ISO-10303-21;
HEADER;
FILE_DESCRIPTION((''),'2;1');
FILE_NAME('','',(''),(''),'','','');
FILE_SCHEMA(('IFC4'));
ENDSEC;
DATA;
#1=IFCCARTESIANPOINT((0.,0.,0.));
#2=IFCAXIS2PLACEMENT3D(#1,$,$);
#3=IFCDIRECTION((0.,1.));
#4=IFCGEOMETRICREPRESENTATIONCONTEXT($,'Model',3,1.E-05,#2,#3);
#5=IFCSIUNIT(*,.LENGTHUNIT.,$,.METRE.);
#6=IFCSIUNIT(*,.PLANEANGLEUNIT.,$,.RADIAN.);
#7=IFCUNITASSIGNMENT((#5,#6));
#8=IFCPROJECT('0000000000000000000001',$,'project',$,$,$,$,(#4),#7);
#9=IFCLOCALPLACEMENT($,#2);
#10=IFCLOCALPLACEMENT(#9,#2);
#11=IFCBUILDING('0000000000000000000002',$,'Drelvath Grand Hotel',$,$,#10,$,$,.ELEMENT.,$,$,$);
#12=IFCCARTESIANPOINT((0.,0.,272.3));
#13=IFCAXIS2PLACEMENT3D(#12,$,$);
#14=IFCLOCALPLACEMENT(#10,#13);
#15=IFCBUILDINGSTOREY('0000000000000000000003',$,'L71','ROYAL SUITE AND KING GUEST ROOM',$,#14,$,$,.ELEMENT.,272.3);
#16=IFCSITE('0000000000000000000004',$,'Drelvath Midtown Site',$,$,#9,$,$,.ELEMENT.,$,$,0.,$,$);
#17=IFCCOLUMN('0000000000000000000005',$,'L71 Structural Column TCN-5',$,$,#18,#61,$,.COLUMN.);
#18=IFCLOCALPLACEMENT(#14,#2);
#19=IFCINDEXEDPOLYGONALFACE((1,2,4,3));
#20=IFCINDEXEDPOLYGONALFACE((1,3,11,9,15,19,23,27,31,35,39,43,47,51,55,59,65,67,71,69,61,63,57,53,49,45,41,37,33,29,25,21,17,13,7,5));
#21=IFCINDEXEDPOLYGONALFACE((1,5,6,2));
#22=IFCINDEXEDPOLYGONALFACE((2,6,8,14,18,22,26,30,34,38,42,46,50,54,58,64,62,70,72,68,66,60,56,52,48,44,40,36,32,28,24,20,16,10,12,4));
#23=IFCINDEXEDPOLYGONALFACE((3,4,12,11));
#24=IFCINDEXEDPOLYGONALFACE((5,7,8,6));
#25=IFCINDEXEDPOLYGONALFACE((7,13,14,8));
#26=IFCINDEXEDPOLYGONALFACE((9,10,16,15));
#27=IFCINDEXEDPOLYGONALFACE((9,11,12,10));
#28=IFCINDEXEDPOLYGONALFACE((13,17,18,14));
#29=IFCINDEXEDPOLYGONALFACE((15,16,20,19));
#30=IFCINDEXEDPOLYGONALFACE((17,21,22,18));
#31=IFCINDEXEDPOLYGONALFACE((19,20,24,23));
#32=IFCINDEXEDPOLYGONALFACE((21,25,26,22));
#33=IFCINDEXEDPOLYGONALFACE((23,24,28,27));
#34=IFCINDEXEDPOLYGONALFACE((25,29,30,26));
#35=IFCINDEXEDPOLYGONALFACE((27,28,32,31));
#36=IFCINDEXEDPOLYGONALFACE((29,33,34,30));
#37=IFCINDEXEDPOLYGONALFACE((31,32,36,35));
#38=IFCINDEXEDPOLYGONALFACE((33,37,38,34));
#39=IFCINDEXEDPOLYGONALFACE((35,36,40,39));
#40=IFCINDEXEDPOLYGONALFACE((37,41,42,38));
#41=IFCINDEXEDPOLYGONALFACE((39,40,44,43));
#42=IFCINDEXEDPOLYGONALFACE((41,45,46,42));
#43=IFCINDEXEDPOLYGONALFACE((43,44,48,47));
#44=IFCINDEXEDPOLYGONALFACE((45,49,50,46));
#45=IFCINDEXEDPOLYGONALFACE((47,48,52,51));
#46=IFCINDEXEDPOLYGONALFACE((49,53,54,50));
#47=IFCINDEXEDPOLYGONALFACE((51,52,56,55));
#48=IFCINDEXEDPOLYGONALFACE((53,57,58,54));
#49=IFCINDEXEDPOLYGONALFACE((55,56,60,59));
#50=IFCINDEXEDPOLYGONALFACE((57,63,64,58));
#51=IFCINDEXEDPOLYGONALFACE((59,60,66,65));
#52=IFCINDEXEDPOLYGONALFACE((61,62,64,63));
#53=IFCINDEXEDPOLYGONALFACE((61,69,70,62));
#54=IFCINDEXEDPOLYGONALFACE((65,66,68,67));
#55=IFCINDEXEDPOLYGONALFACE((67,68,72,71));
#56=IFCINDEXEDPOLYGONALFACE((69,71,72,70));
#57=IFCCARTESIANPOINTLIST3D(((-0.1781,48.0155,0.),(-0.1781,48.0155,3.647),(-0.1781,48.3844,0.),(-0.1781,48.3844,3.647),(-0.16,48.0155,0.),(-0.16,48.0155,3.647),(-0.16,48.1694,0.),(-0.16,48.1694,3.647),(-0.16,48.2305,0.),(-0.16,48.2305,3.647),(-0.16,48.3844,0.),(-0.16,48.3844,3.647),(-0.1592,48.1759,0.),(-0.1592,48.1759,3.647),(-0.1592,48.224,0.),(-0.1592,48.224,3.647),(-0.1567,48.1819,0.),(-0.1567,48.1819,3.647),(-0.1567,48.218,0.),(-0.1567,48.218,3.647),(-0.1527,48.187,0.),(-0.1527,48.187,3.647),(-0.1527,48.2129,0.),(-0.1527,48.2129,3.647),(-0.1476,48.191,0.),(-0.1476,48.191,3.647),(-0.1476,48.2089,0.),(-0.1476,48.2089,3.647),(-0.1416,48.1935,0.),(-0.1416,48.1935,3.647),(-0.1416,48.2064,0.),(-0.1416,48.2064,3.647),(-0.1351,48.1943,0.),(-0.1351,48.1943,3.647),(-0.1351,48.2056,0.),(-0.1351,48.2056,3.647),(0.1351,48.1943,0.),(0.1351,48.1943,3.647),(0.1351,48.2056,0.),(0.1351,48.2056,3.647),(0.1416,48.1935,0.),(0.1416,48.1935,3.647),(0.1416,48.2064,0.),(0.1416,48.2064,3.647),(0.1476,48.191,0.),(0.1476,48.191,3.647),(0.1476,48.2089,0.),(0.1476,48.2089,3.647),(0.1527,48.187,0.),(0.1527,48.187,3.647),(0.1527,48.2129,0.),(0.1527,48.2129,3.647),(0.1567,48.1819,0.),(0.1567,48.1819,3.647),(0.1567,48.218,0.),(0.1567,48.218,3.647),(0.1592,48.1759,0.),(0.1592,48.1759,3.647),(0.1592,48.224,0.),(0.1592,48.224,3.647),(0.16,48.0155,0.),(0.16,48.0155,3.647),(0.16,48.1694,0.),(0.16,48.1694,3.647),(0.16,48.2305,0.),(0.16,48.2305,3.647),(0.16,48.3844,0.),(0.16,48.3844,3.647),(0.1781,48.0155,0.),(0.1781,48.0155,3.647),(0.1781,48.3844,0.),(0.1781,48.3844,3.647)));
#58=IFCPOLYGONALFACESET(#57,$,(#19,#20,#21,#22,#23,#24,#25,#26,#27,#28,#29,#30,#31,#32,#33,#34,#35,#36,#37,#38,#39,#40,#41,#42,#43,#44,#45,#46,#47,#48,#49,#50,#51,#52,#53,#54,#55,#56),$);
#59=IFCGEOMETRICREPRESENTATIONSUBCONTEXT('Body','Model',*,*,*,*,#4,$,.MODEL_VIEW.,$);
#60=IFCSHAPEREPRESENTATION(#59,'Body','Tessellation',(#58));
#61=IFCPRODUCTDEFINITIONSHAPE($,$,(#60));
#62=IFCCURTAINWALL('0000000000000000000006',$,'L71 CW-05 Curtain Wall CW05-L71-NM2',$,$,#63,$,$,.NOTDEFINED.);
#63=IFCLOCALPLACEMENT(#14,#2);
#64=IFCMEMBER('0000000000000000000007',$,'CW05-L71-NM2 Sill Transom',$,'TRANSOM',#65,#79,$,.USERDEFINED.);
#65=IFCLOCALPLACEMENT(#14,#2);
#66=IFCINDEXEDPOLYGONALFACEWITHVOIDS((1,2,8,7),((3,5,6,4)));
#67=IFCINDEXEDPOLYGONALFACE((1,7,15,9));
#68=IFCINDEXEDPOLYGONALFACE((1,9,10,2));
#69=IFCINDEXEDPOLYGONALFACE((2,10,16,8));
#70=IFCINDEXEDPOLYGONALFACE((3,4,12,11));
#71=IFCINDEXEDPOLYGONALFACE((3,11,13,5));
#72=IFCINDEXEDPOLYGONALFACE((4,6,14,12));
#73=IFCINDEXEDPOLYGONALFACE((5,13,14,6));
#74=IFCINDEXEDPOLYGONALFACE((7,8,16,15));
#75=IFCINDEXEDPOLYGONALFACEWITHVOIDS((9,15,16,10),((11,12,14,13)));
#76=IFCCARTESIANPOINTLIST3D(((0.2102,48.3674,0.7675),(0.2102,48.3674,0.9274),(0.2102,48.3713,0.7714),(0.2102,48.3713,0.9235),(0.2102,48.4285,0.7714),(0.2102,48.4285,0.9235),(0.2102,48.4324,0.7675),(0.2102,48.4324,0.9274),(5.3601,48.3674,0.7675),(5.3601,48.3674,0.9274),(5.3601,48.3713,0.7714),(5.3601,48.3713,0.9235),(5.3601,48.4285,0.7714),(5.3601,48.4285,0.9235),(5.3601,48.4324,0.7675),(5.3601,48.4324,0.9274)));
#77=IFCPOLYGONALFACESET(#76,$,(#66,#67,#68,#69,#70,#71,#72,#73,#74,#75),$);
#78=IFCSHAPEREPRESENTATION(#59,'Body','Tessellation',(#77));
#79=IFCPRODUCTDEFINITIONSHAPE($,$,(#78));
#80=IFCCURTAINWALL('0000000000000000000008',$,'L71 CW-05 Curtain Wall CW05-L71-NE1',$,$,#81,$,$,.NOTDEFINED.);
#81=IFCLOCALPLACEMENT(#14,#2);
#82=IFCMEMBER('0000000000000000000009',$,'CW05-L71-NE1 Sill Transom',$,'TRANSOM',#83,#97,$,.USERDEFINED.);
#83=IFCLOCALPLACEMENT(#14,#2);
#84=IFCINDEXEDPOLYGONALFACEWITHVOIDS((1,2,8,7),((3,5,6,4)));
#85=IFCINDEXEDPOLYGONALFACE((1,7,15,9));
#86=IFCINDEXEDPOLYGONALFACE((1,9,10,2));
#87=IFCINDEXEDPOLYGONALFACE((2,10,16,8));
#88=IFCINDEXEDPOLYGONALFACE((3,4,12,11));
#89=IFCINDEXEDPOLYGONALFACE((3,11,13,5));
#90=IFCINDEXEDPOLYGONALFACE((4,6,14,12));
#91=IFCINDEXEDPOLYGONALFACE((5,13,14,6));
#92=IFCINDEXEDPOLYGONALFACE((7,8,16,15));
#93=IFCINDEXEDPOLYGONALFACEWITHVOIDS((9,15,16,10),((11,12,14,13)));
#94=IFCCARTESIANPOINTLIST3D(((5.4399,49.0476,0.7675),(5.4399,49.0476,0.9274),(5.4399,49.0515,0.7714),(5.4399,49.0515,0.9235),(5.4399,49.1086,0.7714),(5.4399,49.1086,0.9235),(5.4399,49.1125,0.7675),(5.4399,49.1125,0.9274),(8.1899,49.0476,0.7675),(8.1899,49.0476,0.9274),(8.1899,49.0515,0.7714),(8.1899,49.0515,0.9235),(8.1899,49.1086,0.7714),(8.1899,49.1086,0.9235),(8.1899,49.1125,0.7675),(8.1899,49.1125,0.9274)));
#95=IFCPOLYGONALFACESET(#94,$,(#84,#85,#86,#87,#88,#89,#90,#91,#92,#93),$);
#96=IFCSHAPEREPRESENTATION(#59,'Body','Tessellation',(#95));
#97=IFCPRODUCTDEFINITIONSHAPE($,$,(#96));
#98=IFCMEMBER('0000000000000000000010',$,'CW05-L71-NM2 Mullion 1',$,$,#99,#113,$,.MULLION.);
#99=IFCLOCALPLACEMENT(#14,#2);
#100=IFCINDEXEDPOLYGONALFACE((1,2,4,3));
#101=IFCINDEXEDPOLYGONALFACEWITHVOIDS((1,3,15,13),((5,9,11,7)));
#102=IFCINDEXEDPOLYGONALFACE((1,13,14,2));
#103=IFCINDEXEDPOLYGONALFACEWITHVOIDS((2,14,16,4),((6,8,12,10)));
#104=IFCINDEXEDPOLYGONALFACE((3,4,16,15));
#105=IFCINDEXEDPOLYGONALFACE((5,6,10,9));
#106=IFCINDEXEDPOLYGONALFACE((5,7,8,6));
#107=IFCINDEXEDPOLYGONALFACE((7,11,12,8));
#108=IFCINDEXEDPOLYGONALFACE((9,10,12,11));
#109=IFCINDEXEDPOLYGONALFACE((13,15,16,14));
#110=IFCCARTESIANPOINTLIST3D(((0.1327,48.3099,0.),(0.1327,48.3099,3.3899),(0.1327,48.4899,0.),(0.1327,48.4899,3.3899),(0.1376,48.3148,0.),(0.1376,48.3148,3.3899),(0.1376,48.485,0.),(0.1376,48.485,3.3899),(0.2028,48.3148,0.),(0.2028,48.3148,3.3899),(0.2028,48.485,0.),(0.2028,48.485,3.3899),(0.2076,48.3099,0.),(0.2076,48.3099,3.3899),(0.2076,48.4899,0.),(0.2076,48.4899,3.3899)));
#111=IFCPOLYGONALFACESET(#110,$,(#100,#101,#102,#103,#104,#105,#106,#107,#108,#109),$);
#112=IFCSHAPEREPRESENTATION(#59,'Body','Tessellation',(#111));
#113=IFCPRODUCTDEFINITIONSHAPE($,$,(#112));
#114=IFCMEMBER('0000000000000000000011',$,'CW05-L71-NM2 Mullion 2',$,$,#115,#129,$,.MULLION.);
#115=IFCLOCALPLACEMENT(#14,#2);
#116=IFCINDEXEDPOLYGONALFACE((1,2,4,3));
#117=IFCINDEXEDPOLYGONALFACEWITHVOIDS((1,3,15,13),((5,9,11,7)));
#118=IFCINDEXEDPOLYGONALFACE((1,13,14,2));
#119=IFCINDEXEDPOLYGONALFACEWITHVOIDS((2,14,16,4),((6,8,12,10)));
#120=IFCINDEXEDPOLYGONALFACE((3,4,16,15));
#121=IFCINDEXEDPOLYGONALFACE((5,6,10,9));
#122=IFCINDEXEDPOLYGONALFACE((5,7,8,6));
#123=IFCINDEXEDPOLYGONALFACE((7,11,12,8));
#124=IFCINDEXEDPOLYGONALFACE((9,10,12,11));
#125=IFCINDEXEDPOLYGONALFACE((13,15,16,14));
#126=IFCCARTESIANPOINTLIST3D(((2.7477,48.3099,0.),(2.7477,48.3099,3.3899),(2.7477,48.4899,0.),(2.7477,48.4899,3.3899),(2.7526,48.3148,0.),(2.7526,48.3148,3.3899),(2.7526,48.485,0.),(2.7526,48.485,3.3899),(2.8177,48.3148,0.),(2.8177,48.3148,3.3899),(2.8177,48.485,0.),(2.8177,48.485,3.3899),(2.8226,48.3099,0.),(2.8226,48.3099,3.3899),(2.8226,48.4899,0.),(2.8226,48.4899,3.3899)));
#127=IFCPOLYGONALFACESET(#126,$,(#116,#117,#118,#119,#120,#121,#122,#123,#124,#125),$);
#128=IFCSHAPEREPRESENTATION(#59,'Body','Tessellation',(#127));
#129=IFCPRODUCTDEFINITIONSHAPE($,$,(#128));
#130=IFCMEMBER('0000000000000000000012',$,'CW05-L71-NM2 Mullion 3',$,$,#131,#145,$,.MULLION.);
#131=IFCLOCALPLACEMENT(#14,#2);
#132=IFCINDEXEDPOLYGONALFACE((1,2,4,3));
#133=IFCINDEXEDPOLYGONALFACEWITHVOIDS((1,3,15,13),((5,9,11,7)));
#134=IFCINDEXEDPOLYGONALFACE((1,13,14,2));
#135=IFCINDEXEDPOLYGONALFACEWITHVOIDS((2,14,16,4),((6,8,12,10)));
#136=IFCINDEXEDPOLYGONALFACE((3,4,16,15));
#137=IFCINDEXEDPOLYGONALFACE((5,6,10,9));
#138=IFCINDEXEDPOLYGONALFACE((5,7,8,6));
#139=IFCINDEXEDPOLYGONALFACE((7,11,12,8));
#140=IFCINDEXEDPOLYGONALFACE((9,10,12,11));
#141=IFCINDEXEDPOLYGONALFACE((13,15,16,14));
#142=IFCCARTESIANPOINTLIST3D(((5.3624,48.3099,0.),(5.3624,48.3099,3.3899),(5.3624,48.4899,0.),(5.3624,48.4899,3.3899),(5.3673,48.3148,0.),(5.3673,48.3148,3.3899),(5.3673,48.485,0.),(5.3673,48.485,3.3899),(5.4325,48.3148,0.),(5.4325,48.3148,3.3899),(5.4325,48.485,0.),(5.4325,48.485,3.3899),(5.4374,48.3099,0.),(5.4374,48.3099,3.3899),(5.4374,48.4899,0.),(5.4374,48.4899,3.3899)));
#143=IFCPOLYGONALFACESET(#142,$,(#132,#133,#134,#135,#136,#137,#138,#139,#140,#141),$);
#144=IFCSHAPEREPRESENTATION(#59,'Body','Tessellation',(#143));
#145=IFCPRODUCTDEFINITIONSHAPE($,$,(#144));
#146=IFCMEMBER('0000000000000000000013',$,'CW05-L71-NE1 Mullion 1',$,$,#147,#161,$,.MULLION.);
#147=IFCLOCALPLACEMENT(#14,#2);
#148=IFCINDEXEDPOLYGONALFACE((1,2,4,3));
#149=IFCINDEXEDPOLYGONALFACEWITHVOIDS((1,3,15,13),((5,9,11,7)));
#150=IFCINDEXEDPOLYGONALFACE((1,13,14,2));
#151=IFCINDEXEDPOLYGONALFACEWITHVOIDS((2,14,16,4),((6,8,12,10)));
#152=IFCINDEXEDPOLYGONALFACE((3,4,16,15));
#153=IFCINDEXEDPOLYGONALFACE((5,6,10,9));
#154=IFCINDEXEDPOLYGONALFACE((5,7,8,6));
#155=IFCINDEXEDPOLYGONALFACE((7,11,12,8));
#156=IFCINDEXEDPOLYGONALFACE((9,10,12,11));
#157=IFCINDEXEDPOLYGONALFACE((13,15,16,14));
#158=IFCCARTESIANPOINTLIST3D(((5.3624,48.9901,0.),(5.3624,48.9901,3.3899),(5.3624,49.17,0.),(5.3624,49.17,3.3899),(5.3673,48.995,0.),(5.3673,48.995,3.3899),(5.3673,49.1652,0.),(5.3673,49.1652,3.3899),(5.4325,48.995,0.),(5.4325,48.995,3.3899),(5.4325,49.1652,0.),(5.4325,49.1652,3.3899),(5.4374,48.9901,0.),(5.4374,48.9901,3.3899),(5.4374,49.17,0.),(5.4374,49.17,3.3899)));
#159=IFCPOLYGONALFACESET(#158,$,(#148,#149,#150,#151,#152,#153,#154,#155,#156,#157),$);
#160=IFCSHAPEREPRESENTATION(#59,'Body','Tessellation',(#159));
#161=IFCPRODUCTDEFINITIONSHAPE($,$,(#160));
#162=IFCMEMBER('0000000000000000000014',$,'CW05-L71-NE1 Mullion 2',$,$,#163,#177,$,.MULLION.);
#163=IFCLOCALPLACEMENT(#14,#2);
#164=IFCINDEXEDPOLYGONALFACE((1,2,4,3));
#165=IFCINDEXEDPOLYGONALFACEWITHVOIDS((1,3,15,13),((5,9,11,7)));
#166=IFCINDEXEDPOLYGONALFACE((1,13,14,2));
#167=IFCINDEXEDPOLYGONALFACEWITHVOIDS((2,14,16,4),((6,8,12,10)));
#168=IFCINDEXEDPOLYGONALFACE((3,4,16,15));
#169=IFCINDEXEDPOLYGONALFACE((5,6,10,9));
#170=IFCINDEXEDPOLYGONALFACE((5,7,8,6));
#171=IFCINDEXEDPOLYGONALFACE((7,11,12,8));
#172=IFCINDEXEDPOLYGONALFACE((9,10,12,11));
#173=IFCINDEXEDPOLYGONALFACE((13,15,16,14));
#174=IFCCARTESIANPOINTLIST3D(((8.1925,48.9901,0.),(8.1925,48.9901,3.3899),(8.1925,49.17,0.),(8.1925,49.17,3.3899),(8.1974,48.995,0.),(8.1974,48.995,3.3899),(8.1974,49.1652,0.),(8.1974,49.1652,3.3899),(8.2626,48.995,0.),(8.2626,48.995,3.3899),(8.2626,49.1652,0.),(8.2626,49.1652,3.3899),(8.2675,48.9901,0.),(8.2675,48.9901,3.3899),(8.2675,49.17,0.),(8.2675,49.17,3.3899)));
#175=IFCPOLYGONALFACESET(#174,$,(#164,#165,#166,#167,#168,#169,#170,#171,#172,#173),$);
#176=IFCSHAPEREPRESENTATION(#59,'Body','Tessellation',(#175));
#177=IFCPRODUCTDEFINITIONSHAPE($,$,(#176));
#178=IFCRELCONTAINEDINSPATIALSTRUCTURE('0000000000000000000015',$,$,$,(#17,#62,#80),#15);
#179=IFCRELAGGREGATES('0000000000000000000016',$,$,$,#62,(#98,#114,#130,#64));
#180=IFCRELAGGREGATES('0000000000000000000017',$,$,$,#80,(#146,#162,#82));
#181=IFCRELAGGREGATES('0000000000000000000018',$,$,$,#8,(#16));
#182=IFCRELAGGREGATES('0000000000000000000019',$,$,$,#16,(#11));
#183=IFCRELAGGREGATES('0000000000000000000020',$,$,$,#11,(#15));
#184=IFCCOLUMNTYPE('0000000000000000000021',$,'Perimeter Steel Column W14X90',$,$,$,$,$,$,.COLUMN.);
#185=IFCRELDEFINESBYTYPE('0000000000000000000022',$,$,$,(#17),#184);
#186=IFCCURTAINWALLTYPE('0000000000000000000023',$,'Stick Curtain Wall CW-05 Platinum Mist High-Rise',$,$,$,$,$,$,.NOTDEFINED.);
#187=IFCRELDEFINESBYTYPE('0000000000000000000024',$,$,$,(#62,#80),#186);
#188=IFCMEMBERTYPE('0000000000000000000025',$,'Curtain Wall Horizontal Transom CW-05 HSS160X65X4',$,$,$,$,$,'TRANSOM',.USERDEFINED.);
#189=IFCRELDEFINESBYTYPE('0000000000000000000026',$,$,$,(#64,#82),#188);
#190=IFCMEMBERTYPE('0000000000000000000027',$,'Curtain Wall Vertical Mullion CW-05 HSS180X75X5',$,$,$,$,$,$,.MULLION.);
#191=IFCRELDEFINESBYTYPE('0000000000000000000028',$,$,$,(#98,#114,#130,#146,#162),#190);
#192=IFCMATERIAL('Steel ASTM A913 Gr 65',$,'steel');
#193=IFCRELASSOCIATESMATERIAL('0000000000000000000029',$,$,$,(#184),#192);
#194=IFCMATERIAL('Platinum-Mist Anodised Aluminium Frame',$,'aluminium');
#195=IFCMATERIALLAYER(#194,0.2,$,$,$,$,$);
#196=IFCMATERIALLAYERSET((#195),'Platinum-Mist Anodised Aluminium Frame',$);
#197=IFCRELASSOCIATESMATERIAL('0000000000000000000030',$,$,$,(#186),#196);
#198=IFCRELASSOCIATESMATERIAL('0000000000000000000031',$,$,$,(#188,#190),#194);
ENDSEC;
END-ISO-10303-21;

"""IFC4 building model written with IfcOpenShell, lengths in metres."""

from ifc_helpers import new_model, si_unit, direction, frame, origin, origin_2d, place, context, subcontext, project, spatial, hollow_rectangle, i_section, extrude, material, layer, layer_set, material_profile, profile_set, type_object, element, aggregate, save


model = new_model("IFC4")

# Units and contexts
model_context = context("Model", 3, precision=1e-05, world=origin(), true_north=direction((0.0, 1.0)))
body_context = subcontext(model_context, "Body", "Model", "MODEL_VIEW")
ifc_project = project(units=[si_unit("LENGTHUNIT", "METRE"), si_unit("PLANEANGLEUNIT", "RADIAN")], contexts=[model_context])

# Site, building, storey
site_placement = place(None, origin())
site = spatial("IfcSite", under=ifc_project, at=site_placement, Name="Drelvath Midtown Site", CompositionType="ELEMENT", RefElevation=0.0)
building_placement = place(site_placement, origin())
building = spatial("IfcBuilding", under=site, at=building_placement, Name="Drelvath Grand Hotel", CompositionType="ELEMENT")
storey_placement = place(building_placement, frame((0.0, 0.0, 272.3)))
storey = spatial("IfcBuildingStorey", under=building, at=storey_placement, Name="L71", Description="ROYAL SUITE AND KING GUEST ROOM", CompositionType="ELEMENT", Elevation=272.3)

# Column
ifc_material_1 = material(Name="Steel ASTM A913 Gr 65", Category="steel")
ifc_material_profile_1 = material_profile(ifc_material_1, i_section(OverallWidth=0.3689, OverallDepth=0.3562, WebThickness=0.0112, FlangeThickness=0.0181, FilletRadius=0.0249, at=origin_2d()), Name="W14X90")
ifc_profile_set_1 = profile_set([ifc_material_profile_1], Name="Steel ASTM A913 Gr 65")
column_type = type_object("IfcColumnType", Name="Perimeter Steel Column W14X90", PredefinedType="COLUMN", material=ifc_profile_set_1)
column_placement = place(storey_placement, frame((0.0, 48.2, 0.0), z_axis=(0.0, 0.0, 1.0), x_axis=(0.0, 1.0, 0.0)))
element("IfcColumn", 1, at=column_placement, inside=storey, type_object=column_type, Name="L71 Structural Column TCN-5", PredefinedType="COLUMN", context=body_context, shape_type="SweptSolid", body=[
    extrude(i_section(OverallWidth=0.3689, OverallDepth=0.3562, WebThickness=0.0112, FlangeThickness=0.0181, FilletRadius=0.0249, at=origin_2d()), origin(), (0.0, 0.0, 1.0), 3.647),
])

# Curtain walls, members
ifc_material_2 = material(Name="Platinum-Mist Anodised Aluminium Frame", Category="aluminium")
ifc_layer_1 = layer(ifc_material_2, 0.2)
ifc_layer_set_1 = layer_set([ifc_layer_1], Name="Platinum-Mist Anodised Aluminium Frame")
curtain_wall_type = type_object("IfcCurtainWallType", Name="Stick Curtain Wall CW-05 Platinum Mist High-Rise", PredefinedType="NOTDEFINED", material=ifc_layer_set_1)
curtain_wall_1_placement = place(storey_placement, origin())
curtain_wall_1 = element("IfcCurtainWall", 2, at=curtain_wall_1_placement, inside=storey, type_object=curtain_wall_type, Name="L71 CW-05 Curtain Wall CW05-L71-NM2", PredefinedType="NOTDEFINED")
ifc_material_profile_2 = material_profile(ifc_material_2, hollow_rectangle(XDim=0.0649, YDim=0.1599, WallThickness=0.0039, at=origin_2d()), Name="HSS160X65X4")
ifc_profile_set_2 = profile_set([ifc_material_profile_2], Name="Platinum-Mist Anodised Aluminium Frame")
member_type_1 = type_object("IfcMemberType", Name="Curtain Wall Horizontal Transom CW-05 HSS160X65X4", ElementType="TRANSOM", PredefinedType="USERDEFINED", material=ifc_profile_set_2)
member_1_placement = place(storey_placement, frame((0.2102, 48.3999, 0.8474), z_axis=(1.0, 0.0, 0.0), x_axis=(0.0, 1.0, 0.0)))
member_1 = element("IfcMember", 3, at=member_1_placement, type_object=member_type_1, Name="CW05-L71-NM2 Sill Transom", ObjectType="TRANSOM", PredefinedType="USERDEFINED", context=body_context, shape_type="SweptSolid", body=[
    extrude(hollow_rectangle(XDim=0.0649, YDim=0.1599, WallThickness=0.0039, at=origin_2d()), origin(), (0.0, 0.0, 1.0), 5.1499),
])
curtain_wall_2_placement = place(storey_placement, origin())
curtain_wall_2 = element("IfcCurtainWall", 4, at=curtain_wall_2_placement, inside=storey, type_object=curtain_wall_type, Name="L71 CW-05 Curtain Wall CW05-L71-NE1", PredefinedType="NOTDEFINED")
member_2_placement = place(storey_placement, frame((5.4399, 49.0801, 0.8474), z_axis=(1.0, 0.0, 0.0), x_axis=(0.0, 1.0, 0.0)))
member_2 = element("IfcMember", 5, at=member_2_placement, type_object=member_type_1, Name="CW05-L71-NE1 Sill Transom", ObjectType="TRANSOM", PredefinedType="USERDEFINED", context=body_context, shape_type="SweptSolid", body=[
    extrude(hollow_rectangle(XDim=0.0649, YDim=0.1599, WallThickness=0.0039, at=origin_2d()), origin(), (0.0, 0.0, 1.0), 2.75),
])

# Members
ifc_material_profile_3 = material_profile(ifc_material_2, hollow_rectangle(XDim=0.075, YDim=0.1799, WallThickness=0.0049, at=origin_2d()), Name="HSS180X75X5")
ifc_profile_set_3 = profile_set([ifc_material_profile_3], Name="Platinum-Mist Anodised Aluminium Frame")
member_type_2 = type_object("IfcMemberType", Name="Curtain Wall Vertical Mullion CW-05 HSS180X75X5", PredefinedType="MULLION", material=ifc_profile_set_3)
member_3_placement = place(storey_placement, frame((0.1702, 48.3999, 0.0), z_axis=(0.0, 0.0, 1.0), x_axis=(1.0, 0.0, 0.0)))
member_3 = element("IfcMember", 6, at=member_3_placement, type_object=member_type_2, Name="CW05-L71-NM2 Mullion 1", PredefinedType="MULLION", context=body_context, shape_type="SweptSolid", body=[
    extrude(hollow_rectangle(XDim=0.075, YDim=0.1799, WallThickness=0.0049, at=origin_2d()), origin(), (0.0, 0.0, 1.0), 3.3899),
])
member_4_placement = place(storey_placement, frame((2.7852, 48.3999, 0.0), z_axis=(0.0, 0.0, 1.0), x_axis=(1.0, 0.0, 0.0)))
member_4 = element("IfcMember", 7, at=member_4_placement, type_object=member_type_2, Name="CW05-L71-NM2 Mullion 2", PredefinedType="MULLION", context=body_context, shape_type="SweptSolid", body=[
    extrude(hollow_rectangle(XDim=0.075, YDim=0.1799, WallThickness=0.0049, at=origin_2d()), origin(), (0.0, 0.0, 1.0), 3.3899),
])
member_5_placement = place(storey_placement, frame((5.3999, 48.3999, 0.0), z_axis=(0.0, 0.0, 1.0), x_axis=(1.0, 0.0, 0.0)))
member_5 = element("IfcMember", 8, at=member_5_placement, type_object=member_type_2, Name="CW05-L71-NM2 Mullion 3", PredefinedType="MULLION", context=body_context, shape_type="SweptSolid", body=[
    extrude(hollow_rectangle(XDim=0.075, YDim=0.1799, WallThickness=0.0049, at=origin_2d()), origin(), (0.0, 0.0, 1.0), 3.3899),
])
member_6_placement = place(storey_placement, frame((5.3999, 49.0801, 0.0), z_axis=(0.0, 0.0, 1.0), x_axis=(1.0, 0.0, 0.0)))
member_6 = element("IfcMember", 9, at=member_6_placement, type_object=member_type_2, Name="CW05-L71-NE1 Mullion 1", PredefinedType="MULLION", context=body_context, shape_type="SweptSolid", body=[
    extrude(hollow_rectangle(XDim=0.075, YDim=0.1799, WallThickness=0.0049, at=origin_2d()), origin(), (0.0, 0.0, 1.0), 3.3899),
])
member_7_placement = place(storey_placement, frame((8.23, 49.0801, 0.0), z_axis=(0.0, 0.0, 1.0), x_axis=(1.0, 0.0, 0.0)))
member_7 = element("IfcMember", 10, at=member_7_placement, type_object=member_type_2, Name="CW05-L71-NE1 Mullion 2", PredefinedType="MULLION", context=body_context, shape_type="SweptSolid", body=[
    extrude(hollow_rectangle(XDim=0.075, YDim=0.1799, WallThickness=0.0049, at=origin_2d()), origin(), (0.0, 0.0, 1.0), 3.3899),
])

aggregate(curtain_wall_1, [member_3, member_4, member_5, member_1])
aggregate(curtain_wall_2, [member_6, member_7, member_2])

save(model, "model.ifc")
